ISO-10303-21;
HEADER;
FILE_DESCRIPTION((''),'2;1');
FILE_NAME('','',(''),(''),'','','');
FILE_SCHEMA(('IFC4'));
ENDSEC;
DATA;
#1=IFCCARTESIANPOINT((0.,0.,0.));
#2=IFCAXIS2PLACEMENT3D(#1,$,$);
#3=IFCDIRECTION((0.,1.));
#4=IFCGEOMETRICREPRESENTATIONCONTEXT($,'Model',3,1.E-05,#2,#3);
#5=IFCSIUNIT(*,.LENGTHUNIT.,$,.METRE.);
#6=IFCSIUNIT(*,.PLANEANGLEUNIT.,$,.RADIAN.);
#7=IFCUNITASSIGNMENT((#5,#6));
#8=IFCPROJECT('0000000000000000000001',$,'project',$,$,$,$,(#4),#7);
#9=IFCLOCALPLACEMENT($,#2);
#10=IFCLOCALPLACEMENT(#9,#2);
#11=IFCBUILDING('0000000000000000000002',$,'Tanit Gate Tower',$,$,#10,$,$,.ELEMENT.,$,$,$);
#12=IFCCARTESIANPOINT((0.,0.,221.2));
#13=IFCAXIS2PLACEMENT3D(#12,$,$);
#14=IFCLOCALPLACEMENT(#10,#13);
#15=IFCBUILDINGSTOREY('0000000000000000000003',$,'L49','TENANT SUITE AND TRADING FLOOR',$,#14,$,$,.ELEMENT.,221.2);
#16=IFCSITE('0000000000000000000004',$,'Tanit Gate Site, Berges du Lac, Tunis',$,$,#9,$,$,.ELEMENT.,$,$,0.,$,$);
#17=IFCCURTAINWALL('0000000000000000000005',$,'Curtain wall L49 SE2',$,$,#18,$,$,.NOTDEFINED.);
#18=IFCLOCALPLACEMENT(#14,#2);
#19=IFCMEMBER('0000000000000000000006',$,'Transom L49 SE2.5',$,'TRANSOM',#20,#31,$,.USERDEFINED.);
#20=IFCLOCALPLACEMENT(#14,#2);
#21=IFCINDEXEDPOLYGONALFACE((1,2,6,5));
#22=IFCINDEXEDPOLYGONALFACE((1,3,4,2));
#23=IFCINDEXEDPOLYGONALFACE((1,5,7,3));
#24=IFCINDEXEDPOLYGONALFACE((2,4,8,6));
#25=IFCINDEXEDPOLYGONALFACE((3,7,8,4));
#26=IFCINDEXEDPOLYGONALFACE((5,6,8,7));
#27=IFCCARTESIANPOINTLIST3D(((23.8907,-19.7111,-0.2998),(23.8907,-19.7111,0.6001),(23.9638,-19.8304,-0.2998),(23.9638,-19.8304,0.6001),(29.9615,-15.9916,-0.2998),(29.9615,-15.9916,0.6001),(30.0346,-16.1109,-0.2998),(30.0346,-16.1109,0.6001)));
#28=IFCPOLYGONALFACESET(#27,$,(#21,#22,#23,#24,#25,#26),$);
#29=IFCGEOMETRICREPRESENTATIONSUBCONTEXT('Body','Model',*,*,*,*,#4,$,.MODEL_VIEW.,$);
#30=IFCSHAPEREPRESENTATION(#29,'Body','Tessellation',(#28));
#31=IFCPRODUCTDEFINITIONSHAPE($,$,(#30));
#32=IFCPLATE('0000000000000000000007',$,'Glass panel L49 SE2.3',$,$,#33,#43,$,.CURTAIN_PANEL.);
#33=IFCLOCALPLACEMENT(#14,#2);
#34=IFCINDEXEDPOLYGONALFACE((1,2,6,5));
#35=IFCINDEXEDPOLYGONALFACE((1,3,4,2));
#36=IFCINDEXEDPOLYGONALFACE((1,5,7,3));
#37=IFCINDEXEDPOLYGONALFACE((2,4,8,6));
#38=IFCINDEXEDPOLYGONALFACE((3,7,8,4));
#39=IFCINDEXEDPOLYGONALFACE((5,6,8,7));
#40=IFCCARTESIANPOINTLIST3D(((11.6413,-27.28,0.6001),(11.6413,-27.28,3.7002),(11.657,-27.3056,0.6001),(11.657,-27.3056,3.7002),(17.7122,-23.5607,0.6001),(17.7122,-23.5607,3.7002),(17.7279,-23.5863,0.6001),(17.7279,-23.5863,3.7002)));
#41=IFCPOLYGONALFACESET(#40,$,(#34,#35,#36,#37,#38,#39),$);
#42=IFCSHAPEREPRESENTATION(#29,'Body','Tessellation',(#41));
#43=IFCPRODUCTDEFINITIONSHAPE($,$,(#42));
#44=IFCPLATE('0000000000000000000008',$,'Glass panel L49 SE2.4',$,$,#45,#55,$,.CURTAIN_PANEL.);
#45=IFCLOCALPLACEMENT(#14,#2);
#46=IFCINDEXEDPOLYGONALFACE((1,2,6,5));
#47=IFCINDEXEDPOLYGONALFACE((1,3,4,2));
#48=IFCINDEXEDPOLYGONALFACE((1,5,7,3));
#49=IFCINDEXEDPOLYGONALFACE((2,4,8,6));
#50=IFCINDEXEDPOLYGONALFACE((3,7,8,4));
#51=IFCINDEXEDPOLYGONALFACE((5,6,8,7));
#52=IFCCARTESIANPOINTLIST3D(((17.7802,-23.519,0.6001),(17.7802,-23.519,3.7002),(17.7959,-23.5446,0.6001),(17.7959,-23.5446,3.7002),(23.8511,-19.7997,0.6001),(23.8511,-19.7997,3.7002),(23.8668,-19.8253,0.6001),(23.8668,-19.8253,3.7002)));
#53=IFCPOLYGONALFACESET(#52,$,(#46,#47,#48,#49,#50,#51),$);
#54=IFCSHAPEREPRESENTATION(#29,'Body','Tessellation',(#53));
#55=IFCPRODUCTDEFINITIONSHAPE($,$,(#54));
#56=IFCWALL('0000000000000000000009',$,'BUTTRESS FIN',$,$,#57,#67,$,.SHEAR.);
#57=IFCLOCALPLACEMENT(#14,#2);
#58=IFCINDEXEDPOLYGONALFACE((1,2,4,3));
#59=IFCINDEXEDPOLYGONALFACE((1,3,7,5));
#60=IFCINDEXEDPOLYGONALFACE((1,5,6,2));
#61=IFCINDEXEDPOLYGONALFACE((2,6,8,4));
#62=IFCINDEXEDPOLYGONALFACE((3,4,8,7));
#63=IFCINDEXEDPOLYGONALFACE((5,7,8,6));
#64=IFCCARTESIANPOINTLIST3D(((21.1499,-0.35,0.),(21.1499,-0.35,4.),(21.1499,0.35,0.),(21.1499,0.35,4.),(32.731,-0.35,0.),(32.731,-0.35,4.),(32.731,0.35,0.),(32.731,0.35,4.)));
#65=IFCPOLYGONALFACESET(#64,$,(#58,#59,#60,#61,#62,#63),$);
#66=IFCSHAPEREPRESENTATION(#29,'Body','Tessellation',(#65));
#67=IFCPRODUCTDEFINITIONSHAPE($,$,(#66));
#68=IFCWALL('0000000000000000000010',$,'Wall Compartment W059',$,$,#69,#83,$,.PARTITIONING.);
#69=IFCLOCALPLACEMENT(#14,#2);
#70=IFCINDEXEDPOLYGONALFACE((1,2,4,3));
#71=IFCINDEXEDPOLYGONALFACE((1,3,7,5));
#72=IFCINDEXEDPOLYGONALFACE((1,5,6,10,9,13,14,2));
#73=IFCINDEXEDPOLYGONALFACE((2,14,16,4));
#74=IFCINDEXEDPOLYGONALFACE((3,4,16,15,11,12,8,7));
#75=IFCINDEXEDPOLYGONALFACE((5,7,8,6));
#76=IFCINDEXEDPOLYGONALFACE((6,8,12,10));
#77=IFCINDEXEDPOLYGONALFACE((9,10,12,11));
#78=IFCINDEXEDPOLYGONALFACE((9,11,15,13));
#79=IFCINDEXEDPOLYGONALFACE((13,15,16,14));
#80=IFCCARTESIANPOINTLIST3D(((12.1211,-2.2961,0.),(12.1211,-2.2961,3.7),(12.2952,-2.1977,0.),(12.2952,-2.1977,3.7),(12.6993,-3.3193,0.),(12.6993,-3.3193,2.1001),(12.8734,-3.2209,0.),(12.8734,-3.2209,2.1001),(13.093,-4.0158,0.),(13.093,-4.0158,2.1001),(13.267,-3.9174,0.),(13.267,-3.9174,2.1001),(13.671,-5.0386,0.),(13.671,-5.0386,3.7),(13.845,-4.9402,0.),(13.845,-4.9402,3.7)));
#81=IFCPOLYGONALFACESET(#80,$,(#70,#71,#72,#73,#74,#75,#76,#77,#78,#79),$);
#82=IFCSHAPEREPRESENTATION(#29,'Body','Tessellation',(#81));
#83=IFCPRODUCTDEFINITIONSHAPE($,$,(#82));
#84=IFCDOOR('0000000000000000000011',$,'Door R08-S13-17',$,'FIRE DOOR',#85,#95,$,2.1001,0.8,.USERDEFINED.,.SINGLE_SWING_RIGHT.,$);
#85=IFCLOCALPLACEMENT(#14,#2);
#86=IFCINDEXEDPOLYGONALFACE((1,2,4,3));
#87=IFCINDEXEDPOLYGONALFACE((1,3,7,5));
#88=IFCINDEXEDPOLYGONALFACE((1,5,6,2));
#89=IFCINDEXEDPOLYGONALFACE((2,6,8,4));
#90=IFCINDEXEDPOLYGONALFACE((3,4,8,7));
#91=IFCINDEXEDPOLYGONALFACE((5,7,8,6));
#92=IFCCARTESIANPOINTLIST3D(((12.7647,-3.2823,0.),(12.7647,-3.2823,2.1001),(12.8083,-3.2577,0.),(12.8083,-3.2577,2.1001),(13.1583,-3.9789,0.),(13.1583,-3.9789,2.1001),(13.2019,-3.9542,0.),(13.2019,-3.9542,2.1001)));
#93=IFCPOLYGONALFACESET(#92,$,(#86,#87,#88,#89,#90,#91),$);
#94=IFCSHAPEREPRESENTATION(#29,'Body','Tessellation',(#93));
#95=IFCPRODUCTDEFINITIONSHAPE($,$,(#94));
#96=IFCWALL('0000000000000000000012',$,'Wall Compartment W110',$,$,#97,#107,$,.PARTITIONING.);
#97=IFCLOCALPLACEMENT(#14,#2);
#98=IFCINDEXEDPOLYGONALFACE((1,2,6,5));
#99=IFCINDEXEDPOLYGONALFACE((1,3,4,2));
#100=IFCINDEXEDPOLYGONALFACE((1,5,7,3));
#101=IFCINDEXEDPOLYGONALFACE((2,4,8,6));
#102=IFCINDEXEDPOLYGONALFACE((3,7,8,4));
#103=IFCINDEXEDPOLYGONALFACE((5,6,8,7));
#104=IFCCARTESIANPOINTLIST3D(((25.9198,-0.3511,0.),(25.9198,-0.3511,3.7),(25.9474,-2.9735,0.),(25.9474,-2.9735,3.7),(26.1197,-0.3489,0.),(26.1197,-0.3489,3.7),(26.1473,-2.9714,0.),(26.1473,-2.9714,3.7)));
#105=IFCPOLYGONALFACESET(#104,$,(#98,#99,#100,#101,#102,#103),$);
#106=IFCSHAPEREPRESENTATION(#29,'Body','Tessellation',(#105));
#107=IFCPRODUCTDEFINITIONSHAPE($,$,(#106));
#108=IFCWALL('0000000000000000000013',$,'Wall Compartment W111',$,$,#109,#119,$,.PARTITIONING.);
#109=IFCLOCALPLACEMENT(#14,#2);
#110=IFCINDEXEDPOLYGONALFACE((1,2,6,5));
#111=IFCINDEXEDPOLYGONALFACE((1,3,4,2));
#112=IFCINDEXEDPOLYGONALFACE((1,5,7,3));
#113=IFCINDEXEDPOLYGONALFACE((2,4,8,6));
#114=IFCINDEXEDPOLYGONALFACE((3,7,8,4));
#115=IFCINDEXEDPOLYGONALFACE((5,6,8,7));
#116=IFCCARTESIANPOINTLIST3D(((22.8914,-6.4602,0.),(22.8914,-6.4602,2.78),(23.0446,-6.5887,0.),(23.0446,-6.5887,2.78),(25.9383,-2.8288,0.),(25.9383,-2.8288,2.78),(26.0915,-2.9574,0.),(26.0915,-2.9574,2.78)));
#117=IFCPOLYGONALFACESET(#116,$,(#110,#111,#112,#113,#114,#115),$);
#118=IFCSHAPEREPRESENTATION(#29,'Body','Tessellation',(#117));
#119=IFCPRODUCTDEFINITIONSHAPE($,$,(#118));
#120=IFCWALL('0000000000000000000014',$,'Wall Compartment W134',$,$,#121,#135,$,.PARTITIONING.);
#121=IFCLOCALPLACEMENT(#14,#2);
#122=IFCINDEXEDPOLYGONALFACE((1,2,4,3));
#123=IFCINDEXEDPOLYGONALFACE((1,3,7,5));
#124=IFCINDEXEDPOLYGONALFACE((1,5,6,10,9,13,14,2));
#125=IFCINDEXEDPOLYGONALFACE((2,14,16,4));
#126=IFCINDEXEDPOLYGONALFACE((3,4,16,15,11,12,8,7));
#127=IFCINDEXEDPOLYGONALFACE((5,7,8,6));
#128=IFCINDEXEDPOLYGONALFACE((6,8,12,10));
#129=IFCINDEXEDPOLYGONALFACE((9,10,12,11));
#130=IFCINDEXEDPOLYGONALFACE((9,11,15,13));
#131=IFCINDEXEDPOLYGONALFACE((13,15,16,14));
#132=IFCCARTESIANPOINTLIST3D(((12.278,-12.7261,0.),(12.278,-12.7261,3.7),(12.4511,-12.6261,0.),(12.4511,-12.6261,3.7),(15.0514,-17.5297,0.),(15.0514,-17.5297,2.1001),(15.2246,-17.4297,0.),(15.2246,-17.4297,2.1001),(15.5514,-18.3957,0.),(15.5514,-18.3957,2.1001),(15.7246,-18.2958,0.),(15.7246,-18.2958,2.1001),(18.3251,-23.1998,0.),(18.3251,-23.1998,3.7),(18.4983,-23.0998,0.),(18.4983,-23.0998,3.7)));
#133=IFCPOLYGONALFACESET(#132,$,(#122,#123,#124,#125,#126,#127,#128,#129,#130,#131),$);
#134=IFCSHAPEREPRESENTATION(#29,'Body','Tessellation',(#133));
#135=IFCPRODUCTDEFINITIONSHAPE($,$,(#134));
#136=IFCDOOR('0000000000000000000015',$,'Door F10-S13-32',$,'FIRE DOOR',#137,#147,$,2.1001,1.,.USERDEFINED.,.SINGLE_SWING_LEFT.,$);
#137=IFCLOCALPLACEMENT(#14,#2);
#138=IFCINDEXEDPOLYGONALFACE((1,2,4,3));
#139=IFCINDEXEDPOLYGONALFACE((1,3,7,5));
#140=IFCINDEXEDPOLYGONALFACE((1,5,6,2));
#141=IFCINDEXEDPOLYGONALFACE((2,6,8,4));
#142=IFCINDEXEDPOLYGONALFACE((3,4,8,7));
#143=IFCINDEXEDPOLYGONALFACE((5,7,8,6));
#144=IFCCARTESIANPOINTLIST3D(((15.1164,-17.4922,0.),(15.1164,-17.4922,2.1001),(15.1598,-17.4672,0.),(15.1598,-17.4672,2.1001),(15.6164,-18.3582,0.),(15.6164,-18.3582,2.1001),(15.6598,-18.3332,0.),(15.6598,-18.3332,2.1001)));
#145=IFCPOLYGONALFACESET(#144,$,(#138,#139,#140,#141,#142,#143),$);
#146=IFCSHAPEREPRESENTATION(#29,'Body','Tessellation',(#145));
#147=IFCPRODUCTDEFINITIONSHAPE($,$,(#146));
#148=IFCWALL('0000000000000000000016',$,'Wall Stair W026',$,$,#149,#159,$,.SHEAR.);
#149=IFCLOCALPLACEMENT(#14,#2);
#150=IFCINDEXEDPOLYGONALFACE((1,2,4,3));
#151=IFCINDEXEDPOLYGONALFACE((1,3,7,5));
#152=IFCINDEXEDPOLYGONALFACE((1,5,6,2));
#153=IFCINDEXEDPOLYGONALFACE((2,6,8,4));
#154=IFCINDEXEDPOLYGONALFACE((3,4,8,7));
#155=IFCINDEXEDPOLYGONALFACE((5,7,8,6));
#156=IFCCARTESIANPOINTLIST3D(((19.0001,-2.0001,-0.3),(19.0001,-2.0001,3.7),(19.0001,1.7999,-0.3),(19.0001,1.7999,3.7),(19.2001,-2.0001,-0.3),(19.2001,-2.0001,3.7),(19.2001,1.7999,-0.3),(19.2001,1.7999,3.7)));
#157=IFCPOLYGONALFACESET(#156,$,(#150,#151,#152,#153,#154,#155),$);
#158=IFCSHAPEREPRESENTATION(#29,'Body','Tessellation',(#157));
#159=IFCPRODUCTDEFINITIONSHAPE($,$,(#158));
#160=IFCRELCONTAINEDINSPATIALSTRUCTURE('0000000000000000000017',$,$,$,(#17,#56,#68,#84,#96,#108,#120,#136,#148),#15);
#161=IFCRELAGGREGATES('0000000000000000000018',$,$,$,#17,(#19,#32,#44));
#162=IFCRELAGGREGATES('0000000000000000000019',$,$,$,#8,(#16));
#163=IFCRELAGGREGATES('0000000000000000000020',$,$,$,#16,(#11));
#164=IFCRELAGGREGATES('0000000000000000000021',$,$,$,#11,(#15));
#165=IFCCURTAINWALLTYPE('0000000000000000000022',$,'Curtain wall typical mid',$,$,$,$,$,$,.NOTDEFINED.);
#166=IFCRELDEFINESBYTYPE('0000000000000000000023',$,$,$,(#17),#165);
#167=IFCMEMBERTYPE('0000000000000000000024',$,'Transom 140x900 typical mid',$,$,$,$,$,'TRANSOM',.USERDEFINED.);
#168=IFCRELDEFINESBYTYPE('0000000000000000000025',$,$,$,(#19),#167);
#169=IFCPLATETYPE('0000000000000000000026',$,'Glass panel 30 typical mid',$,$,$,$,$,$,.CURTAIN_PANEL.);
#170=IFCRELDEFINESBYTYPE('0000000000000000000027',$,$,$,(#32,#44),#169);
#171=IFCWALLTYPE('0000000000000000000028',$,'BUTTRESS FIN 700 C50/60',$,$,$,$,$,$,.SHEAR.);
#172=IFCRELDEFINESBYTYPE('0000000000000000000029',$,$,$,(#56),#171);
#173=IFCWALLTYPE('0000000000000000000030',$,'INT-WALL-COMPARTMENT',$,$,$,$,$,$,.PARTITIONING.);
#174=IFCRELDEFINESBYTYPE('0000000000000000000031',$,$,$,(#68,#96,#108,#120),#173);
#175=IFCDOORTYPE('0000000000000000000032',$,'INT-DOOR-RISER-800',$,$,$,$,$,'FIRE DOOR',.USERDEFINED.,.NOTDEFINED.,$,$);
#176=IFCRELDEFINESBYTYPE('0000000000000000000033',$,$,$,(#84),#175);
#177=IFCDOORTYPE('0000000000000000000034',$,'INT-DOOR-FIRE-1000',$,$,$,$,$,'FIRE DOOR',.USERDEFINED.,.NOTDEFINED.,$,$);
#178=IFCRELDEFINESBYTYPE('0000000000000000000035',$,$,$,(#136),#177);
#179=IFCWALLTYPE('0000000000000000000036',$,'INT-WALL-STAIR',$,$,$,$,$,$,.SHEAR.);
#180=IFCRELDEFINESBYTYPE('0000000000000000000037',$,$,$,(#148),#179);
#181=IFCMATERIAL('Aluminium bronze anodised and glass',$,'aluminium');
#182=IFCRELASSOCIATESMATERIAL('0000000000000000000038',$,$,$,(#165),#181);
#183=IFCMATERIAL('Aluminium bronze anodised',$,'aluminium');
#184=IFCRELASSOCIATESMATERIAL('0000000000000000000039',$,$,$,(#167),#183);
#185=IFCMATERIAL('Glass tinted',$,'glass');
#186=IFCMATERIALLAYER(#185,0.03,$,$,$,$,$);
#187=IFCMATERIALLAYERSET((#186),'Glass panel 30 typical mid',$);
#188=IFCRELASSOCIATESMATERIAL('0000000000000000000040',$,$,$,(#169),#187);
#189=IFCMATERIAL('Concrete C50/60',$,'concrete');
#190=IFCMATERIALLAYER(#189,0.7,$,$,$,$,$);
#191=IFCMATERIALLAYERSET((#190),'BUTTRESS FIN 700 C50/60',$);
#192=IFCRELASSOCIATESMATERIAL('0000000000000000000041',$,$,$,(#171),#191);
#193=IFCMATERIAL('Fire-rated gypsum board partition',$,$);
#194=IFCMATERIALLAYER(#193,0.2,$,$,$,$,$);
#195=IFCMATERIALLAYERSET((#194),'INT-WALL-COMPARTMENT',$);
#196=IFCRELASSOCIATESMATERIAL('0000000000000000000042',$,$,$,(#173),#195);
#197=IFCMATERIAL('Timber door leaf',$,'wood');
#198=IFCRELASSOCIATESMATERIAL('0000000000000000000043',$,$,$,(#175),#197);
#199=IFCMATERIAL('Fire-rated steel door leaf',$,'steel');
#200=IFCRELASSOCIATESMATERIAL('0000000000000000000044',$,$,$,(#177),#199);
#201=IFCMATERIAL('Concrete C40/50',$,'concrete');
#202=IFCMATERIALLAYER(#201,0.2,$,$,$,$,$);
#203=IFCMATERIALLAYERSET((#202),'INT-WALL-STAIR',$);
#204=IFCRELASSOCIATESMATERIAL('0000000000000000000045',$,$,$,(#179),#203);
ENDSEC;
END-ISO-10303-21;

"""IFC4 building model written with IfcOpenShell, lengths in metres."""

from ifc_helpers import new_model, si_unit, direction, frame, frame_2d, origin, origin_2d, place, context, subcontext, project, spatial, rectangle, extrude, material, layer, layer_set, material_profile, profile_set, type_object, element, fill, aggregate, save


model = new_model("IFC4")

# Units and contexts
model_context = context("Model", 3, precision=1e-05, world=origin(), true_north=direction((0.0, 1.0)))
body_context = subcontext(model_context, "Body", "Model", "MODEL_VIEW")
ifc_project = project(units=[si_unit("LENGTHUNIT", "METRE"), si_unit("PLANEANGLEUNIT", "RADIAN")], contexts=[model_context])

# Site, building, storey
site_placement = place(None, origin())
site = spatial("IfcSite", under=ifc_project, at=site_placement, Name="Tanit Gate Site, Berges du Lac, Tunis", CompositionType="ELEMENT", RefElevation=0.0)
building_placement = place(site_placement, origin())
building = spatial("IfcBuilding", under=site, at=building_placement, Name="Tanit Gate Tower", CompositionType="ELEMENT")
storey_placement = place(building_placement, frame((0.0, 0.0, 221.2)))
storey = spatial("IfcBuildingStorey", under=building, at=storey_placement, Name="L49", Description="TENANT SUITE AND TRADING FLOOR", CompositionType="ELEMENT", Elevation=221.2)

# Curtain wall
ifc_material_1 = material(Name="Aluminium bronze anodised and glass", Category="aluminium")
curtain_wall_type = type_object("IfcCurtainWallType", Name="Curtain wall typical mid", PredefinedType="NOTDEFINED", material=ifc_material_1)
curtain_wall_placement = place(storey_placement, origin())
curtain_wall = element("IfcCurtainWall", 1, at=curtain_wall_placement, inside=storey, type_object=curtain_wall_type, Name="Curtain wall L49 SE2", PredefinedType="NOTDEFINED")

# Member
ifc_material_2 = material(Name="Aluminium bronze anodised", Category="aluminium")
ifc_material_profile_1 = material_profile(ifc_material_2, rectangle(XDim=0.1399, YDim=0.8999, at=origin_2d()), Name="140x900 bronze transom")
ifc_profile_set_1 = profile_set([ifc_material_profile_1], Name="Aluminium bronze anodised")
member_type_1 = type_object("IfcMemberType", Name="Transom 140x900 typical mid", ElementType="TRANSOM", PredefinedType="USERDEFINED", material=ifc_profile_set_1)
member_1_placement = place(storey_placement, frame((23.9272, -19.7708, 0.1501), z_axis=(0.852685, 0.522426, 0.0), x_axis=(-0.522426, 0.852685, 0.0)))
member_1 = element("IfcMember", 2, at=member_1_placement, type_object=member_type_1, Name="Transom L49 SE2.5", ObjectType="TRANSOM", PredefinedType="USERDEFINED", context=body_context, shape_type="SweptSolid", body=[
    extrude(rectangle(XDim=0.1399, YDim=0.8999, at=origin_2d()), origin(), (0.0, 0.0, 1.0), 7.1196),
])

# Plates
ifc_material_3 = material(Name="Glass tinted", Category="glass")
ifc_layer_1 = layer(ifc_material_3, 0.03)
ifc_layer_set_1 = layer_set([ifc_layer_1], Name="Glass panel 30 typical mid")
plate_type = type_object("IfcPlateType", Name="Glass panel 30 typical mid", PredefinedType="CURTAIN_PANEL", material=ifc_layer_set_1)
plate_1_placement = place(storey_placement, frame((14.6846, -25.4331, 0.6001), z_axis=(0.0, 0.0, 1.0), x_axis=(0.8527, 0.522401, 0.0)))
plate_1 = element("IfcPlate", 3, at=plate_1_placement, type_object=plate_type, Name="Glass panel L49 SE2.3", PredefinedType="CURTAIN_PANEL", context=body_context, shape_type="SweptSolid", body=[
    extrude(rectangle(XDim=7.1196, YDim=0.03, at=origin_2d()), origin(), (0.0, 0.0, 1.0), 3.1001),
])
plate_2_placement = place(storey_placement, frame((20.8235, -21.6721, 0.6001), z_axis=(0.0, 0.0, 1.0), x_axis=(0.8527, 0.522401, 0.0)))
plate_2 = element("IfcPlate", 4, at=plate_2_placement, type_object=plate_type, Name="Glass panel L49 SE2.4", PredefinedType="CURTAIN_PANEL", context=body_context, shape_type="SweptSolid", body=[
    extrude(rectangle(XDim=7.1196, YDim=0.03, at=origin_2d()), origin(), (0.0, 0.0, 1.0), 3.1001),
])
aggregate(curtain_wall, [member_1, plate_1, plate_2])

# Wall
ifc_material_4 = material(Name="Concrete C50/60", Category="concrete")
ifc_layer_2 = layer(ifc_material_4, 0.7)
ifc_layer_set_2 = layer_set([ifc_layer_2], Name="BUTTRESS FIN 700 C50/60")
wall_type_1 = type_object("IfcWallType", Name="BUTTRESS FIN 700 C50/60", PredefinedType="SHEAR", material=ifc_layer_set_2)
wall_1_placement = place(storey_placement, frame((21.1499, 0.0, 0.0), z_axis=(0.0, 0.0, 1.0), x_axis=(1.0, 0.0, 0.0)))
element("IfcWall", 5, at=wall_1_placement, inside=storey, type_object=wall_type_1, Name="BUTTRESS FIN", PredefinedType="SHEAR", context=body_context, shape_type="SweptSolid", body=[
    extrude(rectangle(XDim=11.5811, YDim=0.7, at=frame_2d((5.7905, 0.0))), origin(), (0.0, 0.0, 1.0), 4.0),
])

# Wall, opening, door
ifc_material_5 = material(Name="Fire-rated gypsum board partition")
ifc_layer_3 = layer(ifc_material_5, 0.2)
ifc_layer_set_3 = layer_set([ifc_layer_3], Name="INT-WALL-COMPARTMENT")
wall_type_2 = type_object("IfcWallType", Name="INT-WALL-COMPARTMENT", PredefinedType="PARTITIONING", material=ifc_layer_set_3)
wall_2_placement = place(storey_placement, frame((13.7581, -4.9895, 0.0), z_axis=(0.0, 0.0, 1.0), x_axis=(-0.491993, 0.870599, 0.0)))
wall_2 = element("IfcWall", 6, at=wall_2_placement, inside=storey, type_object=wall_type_2, Name="Wall Compartment W059", PredefinedType="PARTITIONING", context=body_context, shape_type="SweptSolid", body=[
    extrude(rectangle(XDim=3.1501, YDim=0.2, at=frame_2d((1.5752, 0.0))), origin(), (0.0, 0.0, 1.0), 3.7),
])
opening_1_placement = place(wall_2_placement, frame((1.175, 0.0, 0.0)))
opening_1 = element("IfcOpeningElement", 7, at=opening_1_placement, cuts=wall_2, PredefinedType="OPENING", context=body_context, shape_type="SweptSolid", body=[
    extrude(rectangle(XDim=0.8, YDim=2.1001, at=frame_2d((0.3999, 1.05))), frame((0.0, 0.1099, 0.0), z_axis=(0.0, -1.0, 0.0), x_axis=(1.0, 0.0, 0.0)), (0.0, 0.0, 1.0), 0.22),
])
ifc_material_6 = material(Name="Timber door leaf", Category="wood")
door_type_1 = type_object("IfcDoorType", Name="INT-DOOR-RISER-800", ElementType="FIRE DOOR", OperationType="NOTDEFINED", PredefinedType="USERDEFINED", material=ifc_material_6)
door_1_placement = place(opening_1_placement, origin())
door_1 = element("IfcDoor", 8, at=door_1_placement, inside=storey, type_object=door_type_1, Name="Door R08-S13-17", ObjectType="FIRE DOOR", OperationType="SINGLE_SWING_RIGHT", OverallHeight=2.1001, OverallWidth=0.8, PredefinedType="USERDEFINED", context=body_context, shape_type="SweptSolid", body=[
    extrude(rectangle(XDim=0.8, YDim=2.1001, at=frame_2d((0.3999, 1.05))), frame((0.0, 0.0249, 0.0), z_axis=(0.0, -1.0, 0.0), x_axis=(1.0, 0.0, 0.0)), (0.0, 0.0, 1.0), 0.05),
])
fill(opening_1, door_1)

# Walls
wall_3_placement = place(storey_placement, frame((26.0474, -2.9724, 0.0), z_axis=(0.0, 0.0, 1.0), x_axis=(-0.01052, 0.999945, 0.0)))
element("IfcWall", 9, at=wall_3_placement, inside=storey, type_object=wall_type_2, Name="Wall Compartment W110", PredefinedType="PARTITIONING", context=body_context, shape_type="SweptSolid", body=[
    extrude(rectangle(XDim=2.6226, YDim=0.2, at=frame_2d((1.3113, 0.0))), origin(), (0.0, 0.0, 1.0), 3.7),
])
wall_4_placement = place(storey_placement, frame((22.968, -6.5244, 0.0), z_axis=(0.0, 0.0, 1.0), x_axis=(0.642764, 0.766064, 0.0)))
element("IfcWall", 10, at=wall_4_placement, inside=storey, type_object=wall_type_2, Name="Wall Compartment W111", PredefinedType="PARTITIONING", context=body_context, shape_type="SweptSolid", body=[
    extrude(rectangle(XDim=4.7402, YDim=0.2, at=frame_2d((2.3701, 0.0))), origin(), (0.0, 0.0, 1.0), 2.78),
])

# Wall, opening, door
wall_5_placement = place(storey_placement, frame((18.4116, -23.1497, 0.0), z_axis=(0.0, 0.0, 1.0), x_axis=(-0.50001, 0.86602, 0.0)))
wall_5 = element("IfcWall", 11, at=wall_5_placement, inside=storey, type_object=wall_type_2, Name="Wall Compartment W134", PredefinedType="PARTITIONING", context=body_context, shape_type="SweptSolid", body=[
    extrude(rectangle(XDim=12.094, YDim=0.2, at=frame_2d((6.0469, 0.0))), origin(), (0.0, 0.0, 1.0), 3.7),
])
opening_2_placement = place(wall_5_placement, frame((5.5471, 0.0, 0.0)))
opening_2 = element("IfcOpeningElement", 12, at=opening_2_placement, cuts=wall_5, PredefinedType="OPENING", context=body_context, shape_type="SweptSolid", body=[
    extrude(rectangle(XDim=1.0, YDim=2.1001, at=frame_2d((0.5, 1.05))), frame((0.0, 0.1099, 0.0), z_axis=(0.0, -1.0, 0.0), x_axis=(1.0, 0.0, 0.0)), (0.0, 0.0, 1.0), 0.22),
])
ifc_material_7 = material(Name="Fire-rated steel door leaf", Category="steel")
door_type_2 = type_object("IfcDoorType", Name="INT-DOOR-FIRE-1000", ElementType="FIRE DOOR", OperationType="NOTDEFINED", PredefinedType="USERDEFINED", material=ifc_material_7)
door_2_placement = place(opening_2_placement, origin())
door_2 = element("IfcDoor", 13, at=door_2_placement, inside=storey, type_object=door_type_2, Name="Door F10-S13-32", ObjectType="FIRE DOOR", OperationType="SINGLE_SWING_LEFT", OverallHeight=2.1001, OverallWidth=1.0, PredefinedType="USERDEFINED", context=body_context, shape_type="SweptSolid", body=[
    extrude(rectangle(XDim=1.0, YDim=2.1001, at=frame_2d((0.5, 1.05))), frame((0.0, 0.0249, 0.0), z_axis=(0.0, -1.0, 0.0), x_axis=(1.0, 0.0, 0.0)), (0.0, 0.0, 1.0), 0.05),
])
fill(opening_2, door_2)

# Wall
ifc_material_8 = material(Name="Concrete C40/50", Category="concrete")
ifc_layer_4 = layer(ifc_material_8, 0.2)
ifc_layer_set_4 = layer_set([ifc_layer_4], Name="INT-WALL-STAIR")
wall_type_3 = type_object("IfcWallType", Name="INT-WALL-STAIR", PredefinedType="SHEAR", material=ifc_layer_set_4)
wall_6_placement = place(storey_placement, frame((19.1001, -2.0, -0.3), z_axis=(0.0, 0.0, 1.0), x_axis=(0.0, 1.0, 0.0)))
element("IfcWall", 14, at=wall_6_placement, inside=storey, type_object=wall_type_3, Name="Wall Stair W026", PredefinedType="SHEAR", context=body_context, shape_type="SweptSolid", body=[
    extrude(rectangle(XDim=3.8, YDim=0.2, at=frame_2d((1.8999, 0.0))), origin(), (0.0, 0.0, 1.0), 4.0),
])

save(model, "model.ifc")
